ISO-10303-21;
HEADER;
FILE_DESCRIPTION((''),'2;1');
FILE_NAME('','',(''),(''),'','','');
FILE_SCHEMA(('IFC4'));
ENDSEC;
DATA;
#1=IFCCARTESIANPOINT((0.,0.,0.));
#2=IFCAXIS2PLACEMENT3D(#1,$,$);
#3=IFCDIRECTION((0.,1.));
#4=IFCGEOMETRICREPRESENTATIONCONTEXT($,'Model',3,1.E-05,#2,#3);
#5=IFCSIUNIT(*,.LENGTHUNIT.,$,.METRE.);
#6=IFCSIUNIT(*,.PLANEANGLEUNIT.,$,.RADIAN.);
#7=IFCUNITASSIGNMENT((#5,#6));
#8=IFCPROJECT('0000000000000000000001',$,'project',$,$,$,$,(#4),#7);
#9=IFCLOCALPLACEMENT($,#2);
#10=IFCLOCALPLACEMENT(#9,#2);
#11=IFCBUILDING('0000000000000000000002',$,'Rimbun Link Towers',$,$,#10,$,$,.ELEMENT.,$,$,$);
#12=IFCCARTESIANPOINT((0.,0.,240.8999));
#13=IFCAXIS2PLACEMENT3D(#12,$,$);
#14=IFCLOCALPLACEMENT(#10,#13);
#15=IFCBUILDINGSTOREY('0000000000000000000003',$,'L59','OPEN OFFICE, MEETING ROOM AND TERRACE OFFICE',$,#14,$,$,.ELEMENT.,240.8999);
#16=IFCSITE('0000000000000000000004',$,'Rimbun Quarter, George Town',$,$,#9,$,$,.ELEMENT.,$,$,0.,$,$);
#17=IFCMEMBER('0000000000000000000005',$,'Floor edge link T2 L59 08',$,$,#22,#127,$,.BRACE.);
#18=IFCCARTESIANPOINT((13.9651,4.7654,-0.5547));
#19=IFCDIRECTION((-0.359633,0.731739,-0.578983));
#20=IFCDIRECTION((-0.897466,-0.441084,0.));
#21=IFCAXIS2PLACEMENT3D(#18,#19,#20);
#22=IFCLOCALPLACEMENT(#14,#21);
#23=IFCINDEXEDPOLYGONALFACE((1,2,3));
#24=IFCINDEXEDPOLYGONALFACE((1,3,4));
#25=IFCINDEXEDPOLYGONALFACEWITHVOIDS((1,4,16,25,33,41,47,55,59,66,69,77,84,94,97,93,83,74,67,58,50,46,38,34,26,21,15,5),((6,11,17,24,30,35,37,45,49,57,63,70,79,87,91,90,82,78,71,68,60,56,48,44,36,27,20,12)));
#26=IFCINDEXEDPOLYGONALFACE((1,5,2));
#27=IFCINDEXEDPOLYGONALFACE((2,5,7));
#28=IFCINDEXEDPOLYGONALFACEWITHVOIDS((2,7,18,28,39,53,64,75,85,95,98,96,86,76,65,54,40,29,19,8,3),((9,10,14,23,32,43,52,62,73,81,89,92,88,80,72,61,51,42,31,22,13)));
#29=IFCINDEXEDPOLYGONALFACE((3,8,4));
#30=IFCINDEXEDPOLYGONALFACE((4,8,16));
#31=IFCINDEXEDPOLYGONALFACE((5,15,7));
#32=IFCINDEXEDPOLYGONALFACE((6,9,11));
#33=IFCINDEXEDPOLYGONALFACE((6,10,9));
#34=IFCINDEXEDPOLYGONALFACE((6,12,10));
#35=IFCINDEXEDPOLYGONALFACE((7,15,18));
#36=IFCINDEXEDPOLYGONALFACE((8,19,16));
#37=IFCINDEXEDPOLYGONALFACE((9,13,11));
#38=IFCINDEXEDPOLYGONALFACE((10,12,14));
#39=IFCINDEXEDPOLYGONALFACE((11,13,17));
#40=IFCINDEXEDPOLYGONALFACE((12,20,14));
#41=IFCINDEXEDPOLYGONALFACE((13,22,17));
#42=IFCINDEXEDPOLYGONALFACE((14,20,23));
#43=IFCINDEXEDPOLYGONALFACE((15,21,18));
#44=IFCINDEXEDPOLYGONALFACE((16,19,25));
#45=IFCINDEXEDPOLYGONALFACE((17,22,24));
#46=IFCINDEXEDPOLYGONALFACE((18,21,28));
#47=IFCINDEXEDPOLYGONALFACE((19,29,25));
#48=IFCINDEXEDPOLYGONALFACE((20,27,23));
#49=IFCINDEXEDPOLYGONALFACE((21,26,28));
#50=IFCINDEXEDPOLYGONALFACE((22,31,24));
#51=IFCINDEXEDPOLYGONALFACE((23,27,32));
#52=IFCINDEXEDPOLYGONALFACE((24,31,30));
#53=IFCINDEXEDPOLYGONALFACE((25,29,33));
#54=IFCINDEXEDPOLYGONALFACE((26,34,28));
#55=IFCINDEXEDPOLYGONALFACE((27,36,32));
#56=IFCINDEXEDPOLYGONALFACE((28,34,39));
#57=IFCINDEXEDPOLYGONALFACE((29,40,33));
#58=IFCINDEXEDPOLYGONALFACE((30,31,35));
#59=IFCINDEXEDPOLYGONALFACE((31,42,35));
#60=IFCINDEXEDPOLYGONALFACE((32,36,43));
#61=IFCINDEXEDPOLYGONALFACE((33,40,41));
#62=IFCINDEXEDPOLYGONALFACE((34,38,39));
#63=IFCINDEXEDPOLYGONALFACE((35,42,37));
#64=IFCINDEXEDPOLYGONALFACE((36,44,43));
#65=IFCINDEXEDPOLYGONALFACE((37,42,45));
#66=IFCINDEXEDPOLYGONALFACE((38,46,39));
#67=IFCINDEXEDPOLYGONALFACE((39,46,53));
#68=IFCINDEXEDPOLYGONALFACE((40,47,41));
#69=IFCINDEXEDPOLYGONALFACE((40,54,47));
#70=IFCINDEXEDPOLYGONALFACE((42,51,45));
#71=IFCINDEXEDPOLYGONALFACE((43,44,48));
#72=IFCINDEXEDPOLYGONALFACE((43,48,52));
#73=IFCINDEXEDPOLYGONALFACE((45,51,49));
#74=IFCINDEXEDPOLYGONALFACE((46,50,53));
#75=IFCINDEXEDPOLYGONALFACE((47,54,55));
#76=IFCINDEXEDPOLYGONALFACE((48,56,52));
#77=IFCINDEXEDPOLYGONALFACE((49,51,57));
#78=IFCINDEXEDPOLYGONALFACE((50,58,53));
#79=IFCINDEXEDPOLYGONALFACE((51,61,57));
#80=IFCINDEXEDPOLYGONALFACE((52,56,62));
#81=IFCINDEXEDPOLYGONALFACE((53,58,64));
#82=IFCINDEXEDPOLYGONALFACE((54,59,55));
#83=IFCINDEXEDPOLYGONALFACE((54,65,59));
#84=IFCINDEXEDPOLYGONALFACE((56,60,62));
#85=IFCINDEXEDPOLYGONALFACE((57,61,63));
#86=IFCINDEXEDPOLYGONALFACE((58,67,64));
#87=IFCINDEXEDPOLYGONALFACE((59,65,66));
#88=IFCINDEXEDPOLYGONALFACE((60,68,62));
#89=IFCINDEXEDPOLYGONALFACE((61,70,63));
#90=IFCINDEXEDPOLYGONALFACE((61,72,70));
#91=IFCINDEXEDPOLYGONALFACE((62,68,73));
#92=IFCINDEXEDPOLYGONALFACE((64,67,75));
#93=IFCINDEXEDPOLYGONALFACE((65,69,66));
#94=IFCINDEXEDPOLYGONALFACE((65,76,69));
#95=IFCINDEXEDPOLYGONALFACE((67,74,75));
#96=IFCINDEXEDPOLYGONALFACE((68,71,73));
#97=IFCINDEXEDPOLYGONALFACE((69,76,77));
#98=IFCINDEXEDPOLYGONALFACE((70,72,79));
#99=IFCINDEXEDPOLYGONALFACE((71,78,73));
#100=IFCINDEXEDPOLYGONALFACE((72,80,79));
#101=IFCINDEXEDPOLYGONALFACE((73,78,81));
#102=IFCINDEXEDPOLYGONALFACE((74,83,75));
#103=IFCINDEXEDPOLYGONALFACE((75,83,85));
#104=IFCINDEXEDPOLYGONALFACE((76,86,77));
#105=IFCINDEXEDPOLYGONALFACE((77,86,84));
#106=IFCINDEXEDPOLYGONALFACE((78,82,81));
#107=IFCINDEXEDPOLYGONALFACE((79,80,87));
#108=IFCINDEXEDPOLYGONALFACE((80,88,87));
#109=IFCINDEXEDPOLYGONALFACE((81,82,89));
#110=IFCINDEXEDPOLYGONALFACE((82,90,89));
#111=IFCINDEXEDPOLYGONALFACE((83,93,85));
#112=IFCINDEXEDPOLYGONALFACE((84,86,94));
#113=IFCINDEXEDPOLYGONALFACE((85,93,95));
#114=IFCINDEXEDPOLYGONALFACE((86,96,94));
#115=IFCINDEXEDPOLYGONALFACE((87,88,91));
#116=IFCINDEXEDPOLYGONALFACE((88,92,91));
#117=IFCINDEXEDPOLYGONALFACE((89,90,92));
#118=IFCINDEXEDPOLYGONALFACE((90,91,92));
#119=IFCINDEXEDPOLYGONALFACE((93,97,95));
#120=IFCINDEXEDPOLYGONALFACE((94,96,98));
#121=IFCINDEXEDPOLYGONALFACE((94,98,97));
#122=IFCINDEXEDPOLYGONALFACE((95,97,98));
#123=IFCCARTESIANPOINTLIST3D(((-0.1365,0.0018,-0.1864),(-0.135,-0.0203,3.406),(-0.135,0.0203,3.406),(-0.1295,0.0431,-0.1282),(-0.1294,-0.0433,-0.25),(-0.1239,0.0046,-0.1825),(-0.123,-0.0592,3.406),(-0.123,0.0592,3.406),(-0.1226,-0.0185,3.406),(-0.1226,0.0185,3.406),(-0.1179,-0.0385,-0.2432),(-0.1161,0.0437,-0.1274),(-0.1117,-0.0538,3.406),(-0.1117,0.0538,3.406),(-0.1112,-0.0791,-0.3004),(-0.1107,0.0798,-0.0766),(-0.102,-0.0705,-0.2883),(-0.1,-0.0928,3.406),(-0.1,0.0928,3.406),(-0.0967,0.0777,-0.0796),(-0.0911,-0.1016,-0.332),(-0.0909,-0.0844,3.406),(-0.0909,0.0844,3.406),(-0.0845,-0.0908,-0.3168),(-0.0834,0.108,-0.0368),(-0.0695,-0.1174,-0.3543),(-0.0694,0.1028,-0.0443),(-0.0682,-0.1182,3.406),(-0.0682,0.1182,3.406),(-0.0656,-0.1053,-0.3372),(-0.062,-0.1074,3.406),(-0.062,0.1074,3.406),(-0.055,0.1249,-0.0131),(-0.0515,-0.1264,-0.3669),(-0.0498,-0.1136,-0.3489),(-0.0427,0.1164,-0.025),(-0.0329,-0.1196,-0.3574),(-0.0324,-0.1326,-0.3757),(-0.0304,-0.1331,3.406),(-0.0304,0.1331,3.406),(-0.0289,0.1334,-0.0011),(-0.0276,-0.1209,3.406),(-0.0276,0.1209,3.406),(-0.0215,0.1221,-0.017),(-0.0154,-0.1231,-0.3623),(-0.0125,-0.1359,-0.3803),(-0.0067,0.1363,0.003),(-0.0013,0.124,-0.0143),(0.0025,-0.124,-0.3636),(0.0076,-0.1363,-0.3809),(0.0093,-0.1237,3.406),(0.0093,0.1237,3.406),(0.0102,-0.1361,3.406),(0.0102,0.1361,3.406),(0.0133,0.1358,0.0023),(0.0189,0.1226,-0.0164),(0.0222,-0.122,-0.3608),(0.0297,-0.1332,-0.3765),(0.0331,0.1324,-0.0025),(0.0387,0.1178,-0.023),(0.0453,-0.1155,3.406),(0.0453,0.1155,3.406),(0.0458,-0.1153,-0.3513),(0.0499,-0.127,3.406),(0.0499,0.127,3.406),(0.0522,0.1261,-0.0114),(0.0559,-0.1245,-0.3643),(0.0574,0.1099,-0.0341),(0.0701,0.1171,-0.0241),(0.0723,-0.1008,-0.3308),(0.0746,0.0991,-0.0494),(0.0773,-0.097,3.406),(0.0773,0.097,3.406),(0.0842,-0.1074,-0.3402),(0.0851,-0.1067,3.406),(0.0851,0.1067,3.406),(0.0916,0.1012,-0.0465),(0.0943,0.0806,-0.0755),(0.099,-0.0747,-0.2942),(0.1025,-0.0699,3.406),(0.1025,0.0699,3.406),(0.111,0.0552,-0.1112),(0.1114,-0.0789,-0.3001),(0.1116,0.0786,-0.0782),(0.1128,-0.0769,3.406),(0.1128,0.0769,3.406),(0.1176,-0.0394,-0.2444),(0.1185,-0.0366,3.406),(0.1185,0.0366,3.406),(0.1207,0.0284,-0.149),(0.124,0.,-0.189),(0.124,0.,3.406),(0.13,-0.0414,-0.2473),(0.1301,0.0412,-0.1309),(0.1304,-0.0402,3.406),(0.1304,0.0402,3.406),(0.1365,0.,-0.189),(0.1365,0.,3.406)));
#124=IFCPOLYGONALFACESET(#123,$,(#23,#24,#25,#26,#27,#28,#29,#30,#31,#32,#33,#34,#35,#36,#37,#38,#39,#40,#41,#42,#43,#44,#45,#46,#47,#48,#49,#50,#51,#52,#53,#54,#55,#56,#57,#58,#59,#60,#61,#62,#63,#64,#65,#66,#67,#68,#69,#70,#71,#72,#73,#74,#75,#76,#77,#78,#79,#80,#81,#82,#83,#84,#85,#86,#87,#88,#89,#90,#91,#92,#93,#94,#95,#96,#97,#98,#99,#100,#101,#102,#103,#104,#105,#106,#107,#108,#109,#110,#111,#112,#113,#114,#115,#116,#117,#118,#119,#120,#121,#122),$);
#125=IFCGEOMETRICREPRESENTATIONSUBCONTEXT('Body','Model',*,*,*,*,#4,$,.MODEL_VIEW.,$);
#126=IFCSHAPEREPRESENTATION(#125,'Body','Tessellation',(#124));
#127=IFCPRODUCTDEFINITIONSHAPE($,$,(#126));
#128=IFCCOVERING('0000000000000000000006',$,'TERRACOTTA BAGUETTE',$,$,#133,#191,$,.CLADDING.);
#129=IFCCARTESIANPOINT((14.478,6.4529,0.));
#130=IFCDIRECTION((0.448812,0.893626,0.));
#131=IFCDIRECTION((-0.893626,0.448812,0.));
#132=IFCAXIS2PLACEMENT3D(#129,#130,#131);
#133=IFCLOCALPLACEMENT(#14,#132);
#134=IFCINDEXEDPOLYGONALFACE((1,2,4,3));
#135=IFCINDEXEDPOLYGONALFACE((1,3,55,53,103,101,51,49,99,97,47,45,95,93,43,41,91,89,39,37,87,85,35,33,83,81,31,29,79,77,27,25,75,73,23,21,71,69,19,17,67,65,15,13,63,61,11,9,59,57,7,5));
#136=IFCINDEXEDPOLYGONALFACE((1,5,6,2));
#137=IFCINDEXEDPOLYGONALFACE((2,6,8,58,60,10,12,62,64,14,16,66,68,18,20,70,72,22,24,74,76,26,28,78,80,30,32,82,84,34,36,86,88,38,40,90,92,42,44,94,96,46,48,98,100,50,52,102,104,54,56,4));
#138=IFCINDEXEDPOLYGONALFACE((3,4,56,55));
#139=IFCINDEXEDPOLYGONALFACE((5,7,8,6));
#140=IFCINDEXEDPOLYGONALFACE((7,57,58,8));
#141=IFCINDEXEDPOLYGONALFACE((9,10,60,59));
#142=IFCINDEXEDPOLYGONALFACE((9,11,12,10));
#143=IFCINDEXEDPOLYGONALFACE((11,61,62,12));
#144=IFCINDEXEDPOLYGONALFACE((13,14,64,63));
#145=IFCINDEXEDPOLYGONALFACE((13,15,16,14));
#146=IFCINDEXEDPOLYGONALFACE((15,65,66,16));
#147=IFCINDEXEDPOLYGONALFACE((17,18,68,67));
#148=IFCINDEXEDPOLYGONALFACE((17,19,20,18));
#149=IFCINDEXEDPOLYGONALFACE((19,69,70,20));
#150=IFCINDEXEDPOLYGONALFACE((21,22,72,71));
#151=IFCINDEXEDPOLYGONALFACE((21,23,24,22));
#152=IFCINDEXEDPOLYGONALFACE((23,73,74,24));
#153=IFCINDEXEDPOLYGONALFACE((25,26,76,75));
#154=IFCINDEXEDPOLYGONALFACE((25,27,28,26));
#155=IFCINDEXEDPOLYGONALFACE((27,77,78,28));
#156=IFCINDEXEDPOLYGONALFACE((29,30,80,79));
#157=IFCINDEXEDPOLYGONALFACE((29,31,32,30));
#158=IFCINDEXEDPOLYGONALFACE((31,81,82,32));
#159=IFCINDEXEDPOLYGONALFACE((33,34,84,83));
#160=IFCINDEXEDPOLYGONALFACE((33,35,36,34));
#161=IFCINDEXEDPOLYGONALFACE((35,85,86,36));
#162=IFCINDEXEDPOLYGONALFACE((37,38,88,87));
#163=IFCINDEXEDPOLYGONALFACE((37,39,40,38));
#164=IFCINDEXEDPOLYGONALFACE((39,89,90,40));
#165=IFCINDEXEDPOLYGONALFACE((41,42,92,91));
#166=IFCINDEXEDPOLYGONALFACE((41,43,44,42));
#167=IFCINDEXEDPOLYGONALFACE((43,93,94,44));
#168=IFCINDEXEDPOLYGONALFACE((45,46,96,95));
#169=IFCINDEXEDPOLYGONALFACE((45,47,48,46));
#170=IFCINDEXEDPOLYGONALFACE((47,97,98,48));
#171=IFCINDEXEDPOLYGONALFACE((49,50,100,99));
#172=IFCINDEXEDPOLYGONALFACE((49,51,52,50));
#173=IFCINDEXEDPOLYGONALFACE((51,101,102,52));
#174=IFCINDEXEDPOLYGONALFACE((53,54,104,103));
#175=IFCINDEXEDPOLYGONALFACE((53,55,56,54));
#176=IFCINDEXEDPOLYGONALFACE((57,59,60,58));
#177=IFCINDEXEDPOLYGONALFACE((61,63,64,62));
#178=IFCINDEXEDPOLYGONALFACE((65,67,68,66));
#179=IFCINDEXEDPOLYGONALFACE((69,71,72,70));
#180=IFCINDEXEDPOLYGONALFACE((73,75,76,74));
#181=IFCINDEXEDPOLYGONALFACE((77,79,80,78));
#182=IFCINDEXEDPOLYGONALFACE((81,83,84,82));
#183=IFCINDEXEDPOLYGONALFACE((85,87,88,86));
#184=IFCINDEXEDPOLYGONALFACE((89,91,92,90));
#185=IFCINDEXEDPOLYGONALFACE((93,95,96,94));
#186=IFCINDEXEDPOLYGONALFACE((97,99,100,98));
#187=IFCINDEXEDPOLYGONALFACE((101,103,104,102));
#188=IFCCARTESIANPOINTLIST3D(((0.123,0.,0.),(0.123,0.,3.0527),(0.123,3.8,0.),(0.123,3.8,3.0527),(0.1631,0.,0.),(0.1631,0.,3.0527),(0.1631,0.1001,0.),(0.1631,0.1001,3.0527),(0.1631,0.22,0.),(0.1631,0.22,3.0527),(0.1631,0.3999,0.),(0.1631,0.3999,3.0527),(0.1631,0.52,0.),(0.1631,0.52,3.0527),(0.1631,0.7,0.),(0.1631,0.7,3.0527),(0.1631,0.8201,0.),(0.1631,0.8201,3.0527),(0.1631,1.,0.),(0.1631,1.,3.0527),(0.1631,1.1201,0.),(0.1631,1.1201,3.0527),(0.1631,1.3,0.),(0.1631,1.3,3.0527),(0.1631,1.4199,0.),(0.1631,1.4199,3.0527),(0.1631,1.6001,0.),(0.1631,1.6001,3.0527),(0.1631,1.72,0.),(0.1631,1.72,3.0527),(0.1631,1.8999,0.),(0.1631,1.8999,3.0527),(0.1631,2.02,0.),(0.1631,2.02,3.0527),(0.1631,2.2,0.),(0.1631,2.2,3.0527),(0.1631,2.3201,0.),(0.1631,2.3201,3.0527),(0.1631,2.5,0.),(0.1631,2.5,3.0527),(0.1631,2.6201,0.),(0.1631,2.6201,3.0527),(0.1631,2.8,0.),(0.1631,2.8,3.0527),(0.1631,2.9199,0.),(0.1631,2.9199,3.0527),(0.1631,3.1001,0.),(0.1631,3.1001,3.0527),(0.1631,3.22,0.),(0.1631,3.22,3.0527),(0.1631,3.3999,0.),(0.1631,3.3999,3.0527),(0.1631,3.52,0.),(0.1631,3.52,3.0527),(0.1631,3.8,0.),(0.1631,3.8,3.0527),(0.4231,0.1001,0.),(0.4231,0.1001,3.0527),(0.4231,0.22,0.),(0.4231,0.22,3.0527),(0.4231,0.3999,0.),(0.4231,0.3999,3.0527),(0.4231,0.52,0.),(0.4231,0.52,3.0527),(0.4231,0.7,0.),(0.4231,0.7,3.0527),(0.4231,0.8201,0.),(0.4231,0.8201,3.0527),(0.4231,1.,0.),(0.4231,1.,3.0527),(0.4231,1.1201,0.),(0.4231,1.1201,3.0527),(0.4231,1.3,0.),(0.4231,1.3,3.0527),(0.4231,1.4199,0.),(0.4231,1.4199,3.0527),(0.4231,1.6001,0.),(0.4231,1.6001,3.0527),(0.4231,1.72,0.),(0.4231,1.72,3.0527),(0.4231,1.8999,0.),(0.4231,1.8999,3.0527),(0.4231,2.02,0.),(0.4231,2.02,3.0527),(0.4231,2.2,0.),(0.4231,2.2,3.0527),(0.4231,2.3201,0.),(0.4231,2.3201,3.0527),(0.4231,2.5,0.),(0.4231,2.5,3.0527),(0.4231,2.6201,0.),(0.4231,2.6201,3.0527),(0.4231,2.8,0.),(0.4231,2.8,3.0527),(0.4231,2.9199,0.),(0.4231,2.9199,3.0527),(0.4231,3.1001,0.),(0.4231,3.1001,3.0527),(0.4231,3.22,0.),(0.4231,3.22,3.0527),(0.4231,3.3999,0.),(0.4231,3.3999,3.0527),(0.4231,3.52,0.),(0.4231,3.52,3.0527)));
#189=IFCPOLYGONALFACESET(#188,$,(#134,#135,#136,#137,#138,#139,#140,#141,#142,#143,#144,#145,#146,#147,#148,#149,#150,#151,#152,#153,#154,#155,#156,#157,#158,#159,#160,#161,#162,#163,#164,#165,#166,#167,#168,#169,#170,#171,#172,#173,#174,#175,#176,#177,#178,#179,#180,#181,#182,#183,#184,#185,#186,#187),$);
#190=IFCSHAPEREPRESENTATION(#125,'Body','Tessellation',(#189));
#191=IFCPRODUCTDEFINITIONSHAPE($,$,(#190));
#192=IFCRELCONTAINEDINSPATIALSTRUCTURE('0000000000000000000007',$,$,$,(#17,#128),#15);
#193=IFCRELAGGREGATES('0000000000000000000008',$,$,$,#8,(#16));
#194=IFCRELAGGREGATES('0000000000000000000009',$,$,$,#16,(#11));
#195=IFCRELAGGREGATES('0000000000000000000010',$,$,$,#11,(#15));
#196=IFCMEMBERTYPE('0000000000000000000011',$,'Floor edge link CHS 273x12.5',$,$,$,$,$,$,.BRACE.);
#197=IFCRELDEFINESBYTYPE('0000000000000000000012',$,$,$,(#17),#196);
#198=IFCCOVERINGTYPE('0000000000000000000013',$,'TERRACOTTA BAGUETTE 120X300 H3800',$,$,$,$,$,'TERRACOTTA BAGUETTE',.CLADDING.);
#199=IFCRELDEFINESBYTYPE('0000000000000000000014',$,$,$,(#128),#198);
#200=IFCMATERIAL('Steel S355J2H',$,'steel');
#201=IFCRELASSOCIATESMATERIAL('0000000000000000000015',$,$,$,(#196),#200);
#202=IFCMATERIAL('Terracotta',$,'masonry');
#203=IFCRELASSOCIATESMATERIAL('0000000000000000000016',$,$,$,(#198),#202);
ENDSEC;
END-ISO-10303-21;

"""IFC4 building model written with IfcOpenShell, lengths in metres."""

from ifc_helpers import new_model, si_unit, direction, frame, origin, origin_2d, place, context, subcontext, project, spatial, polyline, hollow_circle, outline, extrude, clip, halfspace, material, material_profile, profile_set, type_object, element, save


model = new_model("IFC4")

# Units and contexts
model_context = context("Model", 3, precision=1e-05, world=origin(), true_north=direction((0.0, 1.0)))
body_context = subcontext(model_context, "Body", "Model", "MODEL_VIEW")
ifc_project = project(units=[si_unit("LENGTHUNIT", "METRE"), si_unit("PLANEANGLEUNIT", "RADIAN")], contexts=[model_context])

# Site, building, storey
site_placement = place(None, origin())
site = spatial("IfcSite", under=ifc_project, at=site_placement, Name="Rimbun Quarter, George Town", CompositionType="ELEMENT", RefElevation=0.0)
building_placement = place(site_placement, origin())
building = spatial("IfcBuilding", under=site, at=building_placement, Name="Rimbun Link Towers", CompositionType="ELEMENT")
storey_placement = place(building_placement, frame((0.0, 0.0, 240.8999)))
storey = spatial("IfcBuildingStorey", under=building, at=storey_placement, Name="L59", Description="OPEN OFFICE, MEETING ROOM AND TERRACE OFFICE", CompositionType="ELEMENT", Elevation=240.8999)

# Member
ifc_material_1 = material(Name="Steel S355J2H", Category="steel")
ifc_material_profile_1 = material_profile(ifc_material_1, hollow_circle(Radius=0.1365, WallThickness=0.0125, at=origin_2d()), Name="CHS 273x12.5")
ifc_profile_set_1 = profile_set([ifc_material_profile_1], Name="Steel S355J2H")
member_type_1 = type_object("IfcMemberType", Name="Floor edge link CHS 273x12.5", PredefinedType="BRACE", material=ifc_profile_set_1)
member_1_placement = place(storey_placement, frame((13.9651, 4.7654, -0.5547), z_axis=(-0.359633, 0.731739, -0.578983), x_axis=(-0.897466, -0.441084, 0.0)))
element("IfcMember", 1, at=member_1_placement, inside=storey, type_object=member_type_1, Name="Floor edge link T2 L59 08", PredefinedType="BRACE", context=body_context, shape_type="Clipping", body=[
    clip(extrude(hollow_circle(Radius=0.1365, WallThickness=0.0125, at=origin_2d()), frame((0.0, 0.0, -0.4016)), (0.0, 0.0, 1.0), 3.8076), halfspace(frame((0.0, 0.0, -0.189), z_axis=(0.0, 0.81534, -0.578983)), False)),
])

# Covering
ifc_material_2 = material(Name="Terracotta", Category="masonry")
ifc_material_profile_2 = material_profile(ifc_material_2, outline(polyline([(0.123, 0.0), (0.1631, 0.0), (0.1631, 0.1001), (0.4231, 0.1001), (0.4231, 0.22), (0.1631, 0.22), (0.1631, 0.3999), (0.4231, 0.3999), (0.4231, 0.52), (0.1631, 0.52), (0.1631, 0.7), (0.4231, 0.7), (0.4231, 0.8201), (0.1631, 0.8201), (0.1631, 1.0), (0.4231, 1.0), (0.4231, 1.1201), (0.1631, 1.1201), (0.1631, 1.3), (0.4231, 1.3), (0.4231, 1.4199), (0.1631, 1.4199), (0.1631, 1.6001), (0.4231, 1.6001), (0.4231, 1.72), (0.1631, 1.72), (0.1631, 1.8999), (0.4231, 1.8999), (0.4231, 2.02), (0.1631, 2.02), (0.1631, 2.2), (0.4231, 2.2), (0.4231, 2.3201), (0.1631, 2.3201), (0.1631, 2.5), (0.4231, 2.5), (0.4231, 2.6201), (0.1631, 2.6201), (0.1631, 2.8), (0.4231, 2.8), (0.4231, 2.9199), (0.1631, 2.9199), (0.1631, 3.1001), (0.4231, 3.1001), (0.4231, 3.22), (0.1631, 3.22), (0.1631, 3.3999), (0.4231, 3.3999), (0.4231, 3.52), (0.1631, 3.52), (0.1631, 3.8), (0.123, 3.8), (0.123, 0.0)])), Name="BAGUETTE 120X300")
ifc_profile_set_2 = profile_set([ifc_material_profile_2], Name="Terracotta")
covering_type = type_object("IfcCoveringType", Name="TERRACOTTA BAGUETTE 120X300 H3800", ElementType="TERRACOTTA BAGUETTE", PredefinedType="CLADDING", material=ifc_profile_set_2)
covering_placement = place(storey_placement, frame((14.478, 6.4529, 0.0), z_axis=(0.448812, 0.893626, 0.0), x_axis=(-0.893626, 0.448812, 0.0)))
element("IfcCovering", 2, at=covering_placement, inside=storey, type_object=covering_type, Name="TERRACOTTA BAGUETTE", PredefinedType="CLADDING", context=body_context, shape_type="SweptSolid", body=[
    extrude(outline(polyline([(0.123, 0.0), (0.1631, 0.0), (0.1631, 0.1001), (0.4231, 0.1001), (0.4231, 0.22), (0.1631, 0.22), (0.1631, 0.3999), (0.4231, 0.3999), (0.4231, 0.52), (0.1631, 0.52), (0.1631, 0.7), (0.4231, 0.7), (0.4231, 0.8201), (0.1631, 0.8201), (0.1631, 1.0), (0.4231, 1.0), (0.4231, 1.1201), (0.1631, 1.1201), (0.1631, 1.3), (0.4231, 1.3), (0.4231, 1.4199), (0.1631, 1.4199), (0.1631, 1.6001), (0.4231, 1.6001), (0.4231, 1.72), (0.1631, 1.72), (0.1631, 1.8999), (0.4231, 1.8999), (0.4231, 2.02), (0.1631, 2.02), (0.1631, 2.2), (0.4231, 2.2), (0.4231, 2.3201), (0.1631, 2.3201), (0.1631, 2.5), (0.4231, 2.5), (0.4231, 2.6201), (0.1631, 2.6201), (0.1631, 2.8), (0.4231, 2.8), (0.4231, 2.9199), (0.1631, 2.9199), (0.1631, 3.1001), (0.4231, 3.1001), (0.4231, 3.22), (0.1631, 3.22), (0.1631, 3.3999), (0.4231, 3.3999), (0.4231, 3.52), (0.1631, 3.52), (0.1631, 3.8), (0.123, 3.8), (0.123, 0.0)])), origin(), (0.0, 0.0, 1.0), 3.0527),
])

save(model, "model.ifc")
